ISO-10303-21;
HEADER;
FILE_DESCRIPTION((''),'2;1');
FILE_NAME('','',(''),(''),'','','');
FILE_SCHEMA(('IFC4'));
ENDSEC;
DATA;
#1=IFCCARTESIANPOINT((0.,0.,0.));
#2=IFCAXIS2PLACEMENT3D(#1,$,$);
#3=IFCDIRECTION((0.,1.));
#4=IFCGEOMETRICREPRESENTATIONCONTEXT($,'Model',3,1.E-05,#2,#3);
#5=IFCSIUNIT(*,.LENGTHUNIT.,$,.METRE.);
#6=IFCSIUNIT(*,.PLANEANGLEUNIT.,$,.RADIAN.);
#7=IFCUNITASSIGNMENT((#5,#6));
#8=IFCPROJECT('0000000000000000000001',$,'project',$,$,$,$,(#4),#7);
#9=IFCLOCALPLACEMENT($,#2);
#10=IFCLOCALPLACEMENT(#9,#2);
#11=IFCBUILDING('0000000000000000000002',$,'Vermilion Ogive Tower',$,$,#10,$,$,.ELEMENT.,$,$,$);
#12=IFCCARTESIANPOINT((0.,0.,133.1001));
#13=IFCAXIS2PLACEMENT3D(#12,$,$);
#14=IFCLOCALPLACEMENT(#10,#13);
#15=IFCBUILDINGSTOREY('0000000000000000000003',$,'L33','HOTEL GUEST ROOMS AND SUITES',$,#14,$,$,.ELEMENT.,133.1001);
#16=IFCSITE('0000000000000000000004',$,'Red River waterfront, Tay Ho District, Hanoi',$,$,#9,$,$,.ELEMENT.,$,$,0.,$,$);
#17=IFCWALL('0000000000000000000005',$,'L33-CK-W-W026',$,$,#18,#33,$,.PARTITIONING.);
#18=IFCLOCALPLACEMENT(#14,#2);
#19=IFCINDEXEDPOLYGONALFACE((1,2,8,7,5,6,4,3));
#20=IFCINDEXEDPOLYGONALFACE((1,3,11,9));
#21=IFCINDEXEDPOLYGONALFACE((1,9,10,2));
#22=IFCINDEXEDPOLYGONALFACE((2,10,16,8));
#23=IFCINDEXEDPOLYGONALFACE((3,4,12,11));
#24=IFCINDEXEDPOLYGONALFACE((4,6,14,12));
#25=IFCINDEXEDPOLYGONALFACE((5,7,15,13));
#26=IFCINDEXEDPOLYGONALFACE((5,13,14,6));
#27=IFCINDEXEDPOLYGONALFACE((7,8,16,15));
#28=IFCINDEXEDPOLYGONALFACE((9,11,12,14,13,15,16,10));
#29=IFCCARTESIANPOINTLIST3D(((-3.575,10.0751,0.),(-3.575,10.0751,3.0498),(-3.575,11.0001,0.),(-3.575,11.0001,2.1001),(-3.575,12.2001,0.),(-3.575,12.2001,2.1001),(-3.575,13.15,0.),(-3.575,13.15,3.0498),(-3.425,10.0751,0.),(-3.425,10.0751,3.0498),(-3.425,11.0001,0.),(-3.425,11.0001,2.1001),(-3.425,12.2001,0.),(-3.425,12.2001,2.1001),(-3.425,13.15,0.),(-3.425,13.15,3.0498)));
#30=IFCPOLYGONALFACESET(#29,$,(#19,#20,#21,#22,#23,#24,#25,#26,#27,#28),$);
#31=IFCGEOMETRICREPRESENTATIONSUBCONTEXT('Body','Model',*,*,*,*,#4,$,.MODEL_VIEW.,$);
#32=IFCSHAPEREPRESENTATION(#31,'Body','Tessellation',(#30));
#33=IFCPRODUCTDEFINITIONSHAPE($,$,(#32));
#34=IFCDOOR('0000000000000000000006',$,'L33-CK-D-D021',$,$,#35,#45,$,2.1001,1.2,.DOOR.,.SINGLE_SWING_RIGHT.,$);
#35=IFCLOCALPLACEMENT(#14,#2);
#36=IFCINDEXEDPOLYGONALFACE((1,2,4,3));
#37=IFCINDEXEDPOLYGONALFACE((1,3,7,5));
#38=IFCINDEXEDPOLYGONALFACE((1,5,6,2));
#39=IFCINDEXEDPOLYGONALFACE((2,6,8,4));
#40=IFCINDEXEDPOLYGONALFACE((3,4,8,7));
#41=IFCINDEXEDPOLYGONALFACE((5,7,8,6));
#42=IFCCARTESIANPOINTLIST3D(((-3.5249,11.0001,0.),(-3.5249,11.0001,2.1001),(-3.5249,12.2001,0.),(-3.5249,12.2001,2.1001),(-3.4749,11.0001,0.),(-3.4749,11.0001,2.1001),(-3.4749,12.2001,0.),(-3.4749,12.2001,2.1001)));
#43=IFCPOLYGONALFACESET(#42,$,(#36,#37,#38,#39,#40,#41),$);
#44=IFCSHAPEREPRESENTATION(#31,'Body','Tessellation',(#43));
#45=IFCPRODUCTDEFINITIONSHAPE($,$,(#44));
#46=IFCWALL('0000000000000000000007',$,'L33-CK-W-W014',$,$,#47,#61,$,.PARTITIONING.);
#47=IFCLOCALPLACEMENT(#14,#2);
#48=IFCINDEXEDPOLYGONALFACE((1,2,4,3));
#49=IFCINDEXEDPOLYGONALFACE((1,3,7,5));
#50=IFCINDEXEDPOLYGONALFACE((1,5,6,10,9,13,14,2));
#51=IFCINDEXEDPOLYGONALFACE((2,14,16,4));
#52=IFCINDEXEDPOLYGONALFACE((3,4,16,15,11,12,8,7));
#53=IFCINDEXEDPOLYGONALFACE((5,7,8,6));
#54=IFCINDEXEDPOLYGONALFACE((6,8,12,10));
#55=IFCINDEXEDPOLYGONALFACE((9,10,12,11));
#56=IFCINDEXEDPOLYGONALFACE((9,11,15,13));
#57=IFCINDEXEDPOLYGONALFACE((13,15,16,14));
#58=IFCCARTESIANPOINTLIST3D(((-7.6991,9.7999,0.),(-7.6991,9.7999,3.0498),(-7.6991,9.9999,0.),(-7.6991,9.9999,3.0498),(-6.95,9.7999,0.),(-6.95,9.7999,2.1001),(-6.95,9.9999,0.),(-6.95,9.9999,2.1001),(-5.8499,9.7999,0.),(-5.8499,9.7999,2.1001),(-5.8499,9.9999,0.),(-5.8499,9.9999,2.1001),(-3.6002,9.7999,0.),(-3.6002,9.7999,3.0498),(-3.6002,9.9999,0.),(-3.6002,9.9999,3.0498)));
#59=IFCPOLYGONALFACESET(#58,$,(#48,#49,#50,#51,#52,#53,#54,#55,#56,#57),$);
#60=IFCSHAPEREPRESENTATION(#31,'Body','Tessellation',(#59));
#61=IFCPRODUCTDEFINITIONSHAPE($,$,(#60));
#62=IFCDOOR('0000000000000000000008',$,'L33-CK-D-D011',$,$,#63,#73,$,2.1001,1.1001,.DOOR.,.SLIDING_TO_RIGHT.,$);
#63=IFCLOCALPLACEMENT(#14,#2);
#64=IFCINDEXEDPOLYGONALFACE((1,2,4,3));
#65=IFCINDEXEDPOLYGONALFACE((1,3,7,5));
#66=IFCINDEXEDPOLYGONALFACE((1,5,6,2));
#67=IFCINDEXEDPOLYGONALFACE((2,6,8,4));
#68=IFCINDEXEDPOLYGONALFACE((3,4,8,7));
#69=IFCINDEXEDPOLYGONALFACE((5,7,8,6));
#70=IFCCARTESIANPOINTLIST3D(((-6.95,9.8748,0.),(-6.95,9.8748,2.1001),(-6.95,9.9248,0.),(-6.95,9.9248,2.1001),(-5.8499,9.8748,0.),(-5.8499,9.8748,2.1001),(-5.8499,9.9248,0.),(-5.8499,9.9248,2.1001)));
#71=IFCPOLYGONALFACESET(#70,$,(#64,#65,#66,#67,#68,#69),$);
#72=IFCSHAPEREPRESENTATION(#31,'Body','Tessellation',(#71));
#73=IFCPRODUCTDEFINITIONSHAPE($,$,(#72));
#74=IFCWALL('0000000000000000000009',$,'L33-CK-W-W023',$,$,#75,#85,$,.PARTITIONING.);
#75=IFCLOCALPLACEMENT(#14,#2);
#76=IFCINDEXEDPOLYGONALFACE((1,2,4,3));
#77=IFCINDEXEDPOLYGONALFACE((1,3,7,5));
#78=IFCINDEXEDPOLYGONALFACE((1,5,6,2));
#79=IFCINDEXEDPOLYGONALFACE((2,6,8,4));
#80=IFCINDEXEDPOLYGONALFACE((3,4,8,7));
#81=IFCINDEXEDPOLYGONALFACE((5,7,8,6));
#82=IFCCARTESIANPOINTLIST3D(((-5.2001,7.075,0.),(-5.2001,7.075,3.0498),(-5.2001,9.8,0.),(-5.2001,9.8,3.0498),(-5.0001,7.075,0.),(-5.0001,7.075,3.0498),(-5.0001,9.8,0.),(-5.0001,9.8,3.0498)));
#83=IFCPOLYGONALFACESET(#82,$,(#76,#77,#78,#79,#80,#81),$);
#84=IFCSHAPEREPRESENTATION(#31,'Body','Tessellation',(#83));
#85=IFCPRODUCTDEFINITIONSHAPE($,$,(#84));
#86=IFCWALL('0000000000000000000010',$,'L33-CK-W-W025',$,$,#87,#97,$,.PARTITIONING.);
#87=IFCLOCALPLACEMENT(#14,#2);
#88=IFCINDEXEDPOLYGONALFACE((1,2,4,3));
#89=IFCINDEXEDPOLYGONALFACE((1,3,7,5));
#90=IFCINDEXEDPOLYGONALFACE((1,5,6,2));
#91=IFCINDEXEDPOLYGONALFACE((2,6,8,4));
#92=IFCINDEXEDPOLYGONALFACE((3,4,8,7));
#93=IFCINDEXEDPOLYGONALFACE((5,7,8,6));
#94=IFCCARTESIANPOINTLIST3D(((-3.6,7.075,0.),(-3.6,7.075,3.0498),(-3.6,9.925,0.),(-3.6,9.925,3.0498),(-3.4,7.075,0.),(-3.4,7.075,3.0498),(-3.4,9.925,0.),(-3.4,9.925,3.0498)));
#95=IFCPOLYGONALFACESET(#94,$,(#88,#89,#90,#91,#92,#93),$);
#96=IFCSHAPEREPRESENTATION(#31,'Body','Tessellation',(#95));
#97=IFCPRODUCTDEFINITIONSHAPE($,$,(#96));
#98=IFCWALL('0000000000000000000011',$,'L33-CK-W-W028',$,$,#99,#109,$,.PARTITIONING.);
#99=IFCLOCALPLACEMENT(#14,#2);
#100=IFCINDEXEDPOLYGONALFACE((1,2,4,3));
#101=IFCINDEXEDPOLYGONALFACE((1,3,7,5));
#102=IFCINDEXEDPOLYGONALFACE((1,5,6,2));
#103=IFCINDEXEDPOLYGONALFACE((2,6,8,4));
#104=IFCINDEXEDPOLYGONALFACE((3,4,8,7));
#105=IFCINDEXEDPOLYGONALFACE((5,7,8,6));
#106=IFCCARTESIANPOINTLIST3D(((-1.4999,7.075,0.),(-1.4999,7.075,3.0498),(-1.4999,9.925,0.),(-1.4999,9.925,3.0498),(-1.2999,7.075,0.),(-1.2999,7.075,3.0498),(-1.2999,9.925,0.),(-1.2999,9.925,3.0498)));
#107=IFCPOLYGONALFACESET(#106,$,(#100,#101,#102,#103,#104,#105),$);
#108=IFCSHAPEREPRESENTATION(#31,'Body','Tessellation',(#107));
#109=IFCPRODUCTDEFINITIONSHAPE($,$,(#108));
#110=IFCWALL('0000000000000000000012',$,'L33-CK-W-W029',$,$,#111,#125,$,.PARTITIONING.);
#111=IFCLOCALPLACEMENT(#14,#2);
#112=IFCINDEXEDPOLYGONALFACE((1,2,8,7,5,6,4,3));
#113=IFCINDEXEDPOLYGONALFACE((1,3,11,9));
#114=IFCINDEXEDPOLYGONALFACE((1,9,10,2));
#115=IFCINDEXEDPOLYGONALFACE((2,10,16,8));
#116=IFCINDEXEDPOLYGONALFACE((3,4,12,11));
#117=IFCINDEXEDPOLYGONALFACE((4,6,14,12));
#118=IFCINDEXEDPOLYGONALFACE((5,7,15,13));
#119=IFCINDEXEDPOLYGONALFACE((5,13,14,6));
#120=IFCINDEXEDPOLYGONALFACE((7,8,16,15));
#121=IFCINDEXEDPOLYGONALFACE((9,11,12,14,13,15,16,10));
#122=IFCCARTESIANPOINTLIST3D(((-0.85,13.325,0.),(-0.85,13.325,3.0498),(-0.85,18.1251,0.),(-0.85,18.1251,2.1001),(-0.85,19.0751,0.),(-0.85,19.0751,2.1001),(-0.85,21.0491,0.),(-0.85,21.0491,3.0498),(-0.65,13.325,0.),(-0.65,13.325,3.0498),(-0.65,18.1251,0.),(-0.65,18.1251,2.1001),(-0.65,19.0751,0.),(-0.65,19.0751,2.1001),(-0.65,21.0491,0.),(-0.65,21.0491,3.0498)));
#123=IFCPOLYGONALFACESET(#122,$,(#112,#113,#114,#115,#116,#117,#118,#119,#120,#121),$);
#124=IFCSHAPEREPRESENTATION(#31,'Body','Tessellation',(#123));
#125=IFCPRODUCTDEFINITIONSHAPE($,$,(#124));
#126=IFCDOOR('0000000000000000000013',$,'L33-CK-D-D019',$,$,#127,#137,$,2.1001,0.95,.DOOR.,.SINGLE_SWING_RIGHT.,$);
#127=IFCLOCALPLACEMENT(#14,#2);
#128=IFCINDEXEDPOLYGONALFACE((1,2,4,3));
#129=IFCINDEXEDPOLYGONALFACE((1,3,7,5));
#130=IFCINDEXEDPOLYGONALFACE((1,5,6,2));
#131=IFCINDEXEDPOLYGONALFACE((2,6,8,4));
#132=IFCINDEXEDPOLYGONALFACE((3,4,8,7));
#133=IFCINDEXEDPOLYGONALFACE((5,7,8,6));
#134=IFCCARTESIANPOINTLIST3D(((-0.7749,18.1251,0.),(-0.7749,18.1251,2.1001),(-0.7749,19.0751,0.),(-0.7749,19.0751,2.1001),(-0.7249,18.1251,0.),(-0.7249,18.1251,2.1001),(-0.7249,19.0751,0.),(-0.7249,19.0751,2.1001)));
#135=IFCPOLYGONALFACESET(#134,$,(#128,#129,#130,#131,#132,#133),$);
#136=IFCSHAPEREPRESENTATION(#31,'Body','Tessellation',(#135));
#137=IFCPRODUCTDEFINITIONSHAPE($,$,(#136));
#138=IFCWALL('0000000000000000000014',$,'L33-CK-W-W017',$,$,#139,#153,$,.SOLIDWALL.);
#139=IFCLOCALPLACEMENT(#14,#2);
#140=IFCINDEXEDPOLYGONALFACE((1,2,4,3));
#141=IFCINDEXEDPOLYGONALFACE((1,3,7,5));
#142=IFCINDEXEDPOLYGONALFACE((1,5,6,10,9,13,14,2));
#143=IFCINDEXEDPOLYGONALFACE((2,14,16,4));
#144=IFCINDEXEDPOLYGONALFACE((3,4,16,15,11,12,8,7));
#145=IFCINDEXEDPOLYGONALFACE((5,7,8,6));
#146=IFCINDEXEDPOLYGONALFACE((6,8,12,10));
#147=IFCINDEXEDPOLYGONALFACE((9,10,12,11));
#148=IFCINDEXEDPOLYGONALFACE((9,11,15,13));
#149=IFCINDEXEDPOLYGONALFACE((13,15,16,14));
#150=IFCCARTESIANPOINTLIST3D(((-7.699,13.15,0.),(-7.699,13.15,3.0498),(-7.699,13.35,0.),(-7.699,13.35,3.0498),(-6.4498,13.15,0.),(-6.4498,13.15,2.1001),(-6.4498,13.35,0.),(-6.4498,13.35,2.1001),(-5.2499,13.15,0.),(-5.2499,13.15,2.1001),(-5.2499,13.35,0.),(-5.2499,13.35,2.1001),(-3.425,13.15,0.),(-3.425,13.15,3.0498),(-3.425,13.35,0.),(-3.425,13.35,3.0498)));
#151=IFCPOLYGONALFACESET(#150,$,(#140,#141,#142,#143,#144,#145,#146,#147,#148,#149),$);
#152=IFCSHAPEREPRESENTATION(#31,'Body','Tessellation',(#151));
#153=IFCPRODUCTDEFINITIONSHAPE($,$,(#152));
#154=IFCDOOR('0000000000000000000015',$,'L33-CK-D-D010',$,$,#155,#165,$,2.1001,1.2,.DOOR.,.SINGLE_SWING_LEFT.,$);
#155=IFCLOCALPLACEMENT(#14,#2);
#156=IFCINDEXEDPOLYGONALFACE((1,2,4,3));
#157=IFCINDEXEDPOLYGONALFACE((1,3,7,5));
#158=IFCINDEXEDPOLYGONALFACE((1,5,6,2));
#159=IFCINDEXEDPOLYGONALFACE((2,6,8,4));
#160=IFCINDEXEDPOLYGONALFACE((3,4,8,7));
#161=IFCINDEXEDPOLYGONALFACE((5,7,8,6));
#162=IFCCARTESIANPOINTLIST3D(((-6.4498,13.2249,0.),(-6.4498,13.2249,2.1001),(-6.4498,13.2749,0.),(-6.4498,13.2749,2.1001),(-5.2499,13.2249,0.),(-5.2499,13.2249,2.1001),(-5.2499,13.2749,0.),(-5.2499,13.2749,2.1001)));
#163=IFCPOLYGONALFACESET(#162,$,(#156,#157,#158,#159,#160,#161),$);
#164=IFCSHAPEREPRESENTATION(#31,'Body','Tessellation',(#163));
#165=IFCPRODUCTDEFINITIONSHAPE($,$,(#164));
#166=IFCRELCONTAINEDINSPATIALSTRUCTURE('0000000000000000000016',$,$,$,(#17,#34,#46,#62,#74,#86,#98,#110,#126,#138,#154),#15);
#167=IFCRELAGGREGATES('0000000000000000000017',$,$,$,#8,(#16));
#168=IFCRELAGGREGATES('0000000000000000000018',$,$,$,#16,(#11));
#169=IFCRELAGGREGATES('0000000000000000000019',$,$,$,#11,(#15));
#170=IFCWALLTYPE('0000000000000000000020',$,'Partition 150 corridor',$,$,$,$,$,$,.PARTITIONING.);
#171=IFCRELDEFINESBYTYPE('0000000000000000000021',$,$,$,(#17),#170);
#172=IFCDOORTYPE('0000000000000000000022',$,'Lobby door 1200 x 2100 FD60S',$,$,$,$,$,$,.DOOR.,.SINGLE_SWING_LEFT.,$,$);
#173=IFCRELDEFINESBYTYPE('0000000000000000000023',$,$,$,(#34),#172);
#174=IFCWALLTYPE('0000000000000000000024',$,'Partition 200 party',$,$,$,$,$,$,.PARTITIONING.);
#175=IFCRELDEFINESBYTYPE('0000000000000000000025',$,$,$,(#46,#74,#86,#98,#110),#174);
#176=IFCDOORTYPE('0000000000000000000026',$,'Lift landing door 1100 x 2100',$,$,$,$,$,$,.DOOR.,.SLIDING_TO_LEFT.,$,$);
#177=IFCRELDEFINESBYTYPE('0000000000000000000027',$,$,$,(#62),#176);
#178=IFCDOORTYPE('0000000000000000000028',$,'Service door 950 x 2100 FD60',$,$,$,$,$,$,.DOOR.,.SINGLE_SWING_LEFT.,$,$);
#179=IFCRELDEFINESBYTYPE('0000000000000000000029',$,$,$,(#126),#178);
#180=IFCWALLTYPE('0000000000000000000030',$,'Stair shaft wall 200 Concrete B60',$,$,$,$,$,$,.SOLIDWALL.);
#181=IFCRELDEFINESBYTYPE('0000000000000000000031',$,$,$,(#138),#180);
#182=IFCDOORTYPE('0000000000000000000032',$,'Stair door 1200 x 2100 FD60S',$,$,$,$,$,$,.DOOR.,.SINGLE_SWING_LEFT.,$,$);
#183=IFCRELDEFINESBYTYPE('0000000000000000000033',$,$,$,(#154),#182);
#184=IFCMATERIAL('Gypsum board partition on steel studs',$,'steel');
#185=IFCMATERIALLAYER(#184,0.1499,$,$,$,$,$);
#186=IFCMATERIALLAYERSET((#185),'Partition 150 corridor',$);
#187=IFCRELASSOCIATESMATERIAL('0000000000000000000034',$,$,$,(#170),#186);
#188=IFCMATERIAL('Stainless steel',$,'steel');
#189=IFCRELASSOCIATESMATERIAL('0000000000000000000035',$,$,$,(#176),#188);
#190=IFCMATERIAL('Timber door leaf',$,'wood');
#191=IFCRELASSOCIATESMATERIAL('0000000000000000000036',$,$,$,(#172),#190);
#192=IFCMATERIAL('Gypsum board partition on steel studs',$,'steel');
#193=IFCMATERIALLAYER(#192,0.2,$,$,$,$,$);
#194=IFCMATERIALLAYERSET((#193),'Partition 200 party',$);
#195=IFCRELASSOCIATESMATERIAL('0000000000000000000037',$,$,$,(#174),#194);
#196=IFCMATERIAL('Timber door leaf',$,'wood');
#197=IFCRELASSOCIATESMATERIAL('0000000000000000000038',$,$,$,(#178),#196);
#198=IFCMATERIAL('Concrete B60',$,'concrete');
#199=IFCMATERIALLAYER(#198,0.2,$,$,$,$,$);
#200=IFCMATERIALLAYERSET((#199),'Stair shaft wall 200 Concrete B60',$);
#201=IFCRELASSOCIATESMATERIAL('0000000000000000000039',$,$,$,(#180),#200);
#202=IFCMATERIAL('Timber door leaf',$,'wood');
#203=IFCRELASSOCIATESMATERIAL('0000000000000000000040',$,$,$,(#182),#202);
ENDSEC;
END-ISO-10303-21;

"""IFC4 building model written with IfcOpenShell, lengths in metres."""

from ifc_helpers import new_model, si_unit, direction, frame, frame_2d, origin, place, context, subcontext, project, spatial, rectangle, extrude, material, layer, layer_set, type_object, element, fill, save


model = new_model("IFC4")

# Units and contexts
model_context = context("Model", 3, precision=1e-05, world=origin(), true_north=direction((0.0, 1.0)))
body_context = subcontext(model_context, "Body", "Model", "MODEL_VIEW")
ifc_project = project(units=[si_unit("LENGTHUNIT", "METRE"), si_unit("PLANEANGLEUNIT", "RADIAN")], contexts=[model_context])

# Site, building, storey
site_placement = place(None, origin())
site = spatial("IfcSite", under=ifc_project, at=site_placement, Name="Red River waterfront, Tay Ho District, Hanoi", CompositionType="ELEMENT", RefElevation=0.0)
building_placement = place(site_placement, origin())
building = spatial("IfcBuilding", under=site, at=building_placement, Name="Vermilion Ogive Tower", CompositionType="ELEMENT")
storey_placement = place(building_placement, frame((0.0, 0.0, 133.1001)))
storey = spatial("IfcBuildingStorey", under=building, at=storey_placement, Name="L33", Description="HOTEL GUEST ROOMS AND SUITES", CompositionType="ELEMENT", Elevation=133.1001)

# Shared definitions
ifc_material_1 = material(Name="Gypsum board partition on steel studs", Category="steel")
ifc_layer_1 = layer(ifc_material_1, 0.1499)
ifc_layer_set_1 = layer_set([ifc_layer_1], Name="Partition 150 corridor")
wall_type_1 = type_object("IfcWallType", Name="Partition 150 corridor", PredefinedType="PARTITIONING", material=ifc_layer_set_1)

# Shared definitions
ifc_material_2 = material(Name="Stainless steel", Category="steel")
door_type_1 = type_object("IfcDoorType", Name="Lift landing door 1100 x 2100", OperationType="SLIDING_TO_LEFT", PredefinedType="DOOR", material=ifc_material_2)

# Walls, openings, doors
wall_1_placement = place(storey_placement, frame((-3.5, 10.075, 0.0), z_axis=(0.0, 0.0, 1.0), x_axis=(0.0, 1.0, 0.0)))
wall_1 = element("IfcWall", 1, at=wall_1_placement, inside=storey, type_object=wall_type_1, Name="L33-CK-W-W026", PredefinedType="PARTITIONING", context=body_context, shape_type="SweptSolid", body=[
    extrude(rectangle(XDim=3.075, YDim=0.1499, at=frame_2d((1.5376, 0.0))), origin(), (0.0, 0.0, 1.0), 3.0498),
])
opening_1_placement = place(wall_1_placement, frame((0.925, 0.0, 0.0)))
opening_1 = element("IfcOpeningElement", 2, at=opening_1_placement, cuts=wall_1, PredefinedType="OPENING", context=body_context, shape_type="SweptSolid", body=[
    extrude(rectangle(XDim=1.2, YDim=2.1001, at=frame_2d((0.6001, 1.05))), frame((0.0, 0.085, 0.0), z_axis=(0.0, -1.0, 0.0), x_axis=(1.0, 0.0, 0.0)), (0.0, 0.0, 1.0), 0.1699),
])
ifc_material_3 = material(Name="Timber door leaf", Category="wood")
door_type_2 = type_object("IfcDoorType", Name="Lobby door 1200 x 2100 FD60S", OperationType="SINGLE_SWING_LEFT", PredefinedType="DOOR", material=ifc_material_3)
door_1_placement = place(opening_1_placement, origin())
door_1 = element("IfcDoor", 3, at=door_1_placement, inside=storey, type_object=door_type_2, Name="L33-CK-D-D021", OperationType="SINGLE_SWING_RIGHT", OverallHeight=2.1001, OverallWidth=1.2, PredefinedType="DOOR", context=body_context, shape_type="SweptSolid", body=[
    extrude(rectangle(XDim=1.2, YDim=2.1001, at=frame_2d((0.6001, 1.05))), frame((0.0, 0.0249, 0.0), z_axis=(0.0, -1.0, 0.0), x_axis=(1.0, 0.0, 0.0)), (0.0, 0.0, 1.0), 0.05),
])
fill(opening_1, door_1)
ifc_material_4 = material(Name="Gypsum board partition on steel studs", Category="steel")
ifc_layer_2 = layer(ifc_material_4, 0.2)
ifc_layer_set_2 = layer_set([ifc_layer_2], Name="Partition 200 party")
wall_type_2 = type_object("IfcWallType", Name="Partition 200 party", PredefinedType="PARTITIONING", material=ifc_layer_set_2)
wall_2_placement = place(storey_placement, frame((-7.699, 9.8999, 0.0), z_axis=(0.0, 0.0, 1.0), x_axis=(1.0, 0.0, 0.0)))
wall_2 = element("IfcWall", 4, at=wall_2_placement, inside=storey, type_object=wall_type_2, Name="L33-CK-W-W014", PredefinedType="PARTITIONING", context=body_context, shape_type="SweptSolid", body=[
    extrude(rectangle(XDim=4.0989, YDim=0.2, at=frame_2d((2.0493, 0.0))), origin(), (0.0, 0.0, 1.0), 3.0498),
])
opening_2_placement = place(wall_2_placement, frame((0.749, 0.0, 0.0)))
opening_2 = element("IfcOpeningElement", 5, at=opening_2_placement, cuts=wall_2, PredefinedType="OPENING", context=body_context, shape_type="SweptSolid", body=[
    extrude(rectangle(XDim=1.1001, YDim=2.1001, at=frame_2d((0.55, 1.05))), frame((0.0, 0.1099, 0.0), z_axis=(0.0, -1.0, 0.0), x_axis=(1.0, 0.0, 0.0)), (0.0, 0.0, 1.0), 0.22),
])
door_2_placement = place(opening_2_placement, origin())
door_2 = element("IfcDoor", 6, at=door_2_placement, inside=storey, type_object=door_type_1, Name="L33-CK-D-D011", OperationType="SLIDING_TO_RIGHT", OverallHeight=2.1001, OverallWidth=1.1001, PredefinedType="DOOR", context=body_context, shape_type="SweptSolid", body=[
    extrude(rectangle(XDim=1.1001, YDim=2.1001, at=frame_2d((0.55, 1.05))), frame((0.0, 0.0249, 0.0), z_axis=(0.0, -1.0, 0.0), x_axis=(1.0, 0.0, 0.0)), (0.0, 0.0, 1.0), 0.05),
])
fill(opening_2, door_2)

# Walls
wall_3_placement = place(storey_placement, frame((-5.1001, 7.075, 0.0), z_axis=(0.0, 0.0, 1.0), x_axis=(0.0, 1.0, 0.0)))
element("IfcWall", 7, at=wall_3_placement, inside=storey, type_object=wall_type_2, Name="L33-CK-W-W023", PredefinedType="PARTITIONING", context=body_context, shape_type="SweptSolid", body=[
    extrude(rectangle(XDim=2.7251, YDim=0.2, at=frame_2d((1.3625, 0.0))), origin(), (0.0, 0.0, 1.0), 3.0498),
])
for number, where, z_axis, x_axis, name in (
    (8, (-3.5, 7.075, 0.0), (0.0, 0.0, 1.0), (0.0, 1.0, 0.0), "L33-CK-W-W025"),
    (9, (-1.3999, 7.075, 0.0), (0.0, 0.0, 1.0), (0.0, 1.0, 0.0), "L33-CK-W-W028"),
):
    element("IfcWall", number, at=place(storey_placement, frame(where, z_axis=z_axis, x_axis=x_axis)), inside=storey, type_object=wall_type_2, Name=name, PredefinedType="PARTITIONING", context=body_context, shape_type="SweptSolid", body=[
        extrude(rectangle(XDim=2.8501, YDim=0.2, at=frame_2d((1.425, 0.0))), origin(), (0.0, 0.0, 1.0), 3.0498),
    ])

# Walls, openings, doors
wall_4_placement = place(storey_placement, frame((-0.75, 13.325, 0.0), z_axis=(0.0, 0.0, 1.0), x_axis=(0.0, 1.0, 0.0)))
wall_4 = element("IfcWall", 10, at=wall_4_placement, inside=storey, type_object=wall_type_2, Name="L33-CK-W-W029", PredefinedType="PARTITIONING", context=body_context, shape_type="SweptSolid", body=[
    extrude(rectangle(XDim=7.7241, YDim=0.2, at=frame_2d((3.8621, 0.0))), origin(), (0.0, 0.0, 1.0), 3.0498),
])
opening_3_placement = place(wall_4_placement, frame((4.8, 0.0, 0.0)))
opening_3 = element("IfcOpeningElement", 11, at=opening_3_placement, cuts=wall_4, PredefinedType="OPENING", context=body_context, shape_type="SweptSolid", body=[
    extrude(rectangle(XDim=0.95, YDim=2.1001, at=frame_2d((0.4751, 1.05))), frame((0.0, 0.1099, 0.0), z_axis=(0.0, -1.0, 0.0), x_axis=(1.0, 0.0, 0.0)), (0.0, 0.0, 1.0), 0.22),
])
ifc_material_5 = material(Name="Timber door leaf", Category="wood")
door_type_3 = type_object("IfcDoorType", Name="Service door 950 x 2100 FD60", OperationType="SINGLE_SWING_LEFT", PredefinedType="DOOR", material=ifc_material_5)
door_3_placement = place(opening_3_placement, origin())
door_3 = element("IfcDoor", 12, at=door_3_placement, inside=storey, type_object=door_type_3, Name="L33-CK-D-D019", OperationType="SINGLE_SWING_RIGHT", OverallHeight=2.1001, OverallWidth=0.95, PredefinedType="DOOR", context=body_context, shape_type="SweptSolid", body=[
    extrude(rectangle(XDim=0.95, YDim=2.1001, at=frame_2d((0.4751, 1.05))), frame((0.0, 0.0249, 0.0), z_axis=(0.0, -1.0, 0.0), x_axis=(1.0, 0.0, 0.0)), (0.0, 0.0, 1.0), 0.05),
])
fill(opening_3, door_3)
ifc_material_6 = material(Name="Concrete B60", Category="concrete")
ifc_layer_3 = layer(ifc_material_6, 0.2)
ifc_layer_set_3 = layer_set([ifc_layer_3], Name="Stair shaft wall 200 Concrete B60")
wall_type_3 = type_object("IfcWallType", Name="Stair shaft wall 200 Concrete B60", PredefinedType="SOLIDWALL", material=ifc_layer_set_3)
wall_5_placement = place(storey_placement, frame((-7.699, 13.25, 0.0), z_axis=(0.0, 0.0, 1.0), x_axis=(1.0, 0.0, 0.0)))
wall_5 = element("IfcWall", 13, at=wall_5_placement, inside=storey, type_object=wall_type_3, Name="L33-CK-W-W017", PredefinedType="SOLIDWALL", context=body_context, shape_type="SweptSolid", body=[
    extrude(rectangle(XDim=4.2739, YDim=0.2, at=frame_2d((2.137, 0.0))), origin(), (0.0, 0.0, 1.0), 3.0498),
])
opening_4_placement = place(wall_5_placement, frame((1.249, 0.0, 0.0)))
opening_4 = element("IfcOpeningElement", 14, at=opening_4_placement, cuts=wall_5, PredefinedType="OPENING", context=body_context, shape_type="SweptSolid", body=[
    extrude(rectangle(XDim=1.2, YDim=2.1001, at=frame_2d((0.6001, 1.05))), frame((0.0, 0.1099, 0.0), z_axis=(0.0, -1.0, 0.0), x_axis=(1.0, 0.0, 0.0)), (0.0, 0.0, 1.0), 0.22),
])
ifc_material_7 = material(Name="Timber door leaf", Category="wood")
door_type_4 = type_object("IfcDoorType", Name="Stair door 1200 x 2100 FD60S", OperationType="SINGLE_SWING_LEFT", PredefinedType="DOOR", material=ifc_material_7)
door_4_placement = place(opening_4_placement, origin())
door_4 = element("IfcDoor", 15, at=door_4_placement, inside=storey, type_object=door_type_4, Name="L33-CK-D-D010", OperationType="SINGLE_SWING_LEFT", OverallHeight=2.1001, OverallWidth=1.2, PredefinedType="DOOR", context=body_context, shape_type="SweptSolid", body=[
    extrude(rectangle(XDim=1.2, YDim=2.1001, at=frame_2d((0.6001, 1.05))), frame((0.0, 0.0249, 0.0), z_axis=(0.0, -1.0, 0.0), x_axis=(1.0, 0.0, 0.0)), (0.0, 0.0, 1.0), 0.05),
])
fill(opening_4, door_4)

save(model, "model.ifc")
